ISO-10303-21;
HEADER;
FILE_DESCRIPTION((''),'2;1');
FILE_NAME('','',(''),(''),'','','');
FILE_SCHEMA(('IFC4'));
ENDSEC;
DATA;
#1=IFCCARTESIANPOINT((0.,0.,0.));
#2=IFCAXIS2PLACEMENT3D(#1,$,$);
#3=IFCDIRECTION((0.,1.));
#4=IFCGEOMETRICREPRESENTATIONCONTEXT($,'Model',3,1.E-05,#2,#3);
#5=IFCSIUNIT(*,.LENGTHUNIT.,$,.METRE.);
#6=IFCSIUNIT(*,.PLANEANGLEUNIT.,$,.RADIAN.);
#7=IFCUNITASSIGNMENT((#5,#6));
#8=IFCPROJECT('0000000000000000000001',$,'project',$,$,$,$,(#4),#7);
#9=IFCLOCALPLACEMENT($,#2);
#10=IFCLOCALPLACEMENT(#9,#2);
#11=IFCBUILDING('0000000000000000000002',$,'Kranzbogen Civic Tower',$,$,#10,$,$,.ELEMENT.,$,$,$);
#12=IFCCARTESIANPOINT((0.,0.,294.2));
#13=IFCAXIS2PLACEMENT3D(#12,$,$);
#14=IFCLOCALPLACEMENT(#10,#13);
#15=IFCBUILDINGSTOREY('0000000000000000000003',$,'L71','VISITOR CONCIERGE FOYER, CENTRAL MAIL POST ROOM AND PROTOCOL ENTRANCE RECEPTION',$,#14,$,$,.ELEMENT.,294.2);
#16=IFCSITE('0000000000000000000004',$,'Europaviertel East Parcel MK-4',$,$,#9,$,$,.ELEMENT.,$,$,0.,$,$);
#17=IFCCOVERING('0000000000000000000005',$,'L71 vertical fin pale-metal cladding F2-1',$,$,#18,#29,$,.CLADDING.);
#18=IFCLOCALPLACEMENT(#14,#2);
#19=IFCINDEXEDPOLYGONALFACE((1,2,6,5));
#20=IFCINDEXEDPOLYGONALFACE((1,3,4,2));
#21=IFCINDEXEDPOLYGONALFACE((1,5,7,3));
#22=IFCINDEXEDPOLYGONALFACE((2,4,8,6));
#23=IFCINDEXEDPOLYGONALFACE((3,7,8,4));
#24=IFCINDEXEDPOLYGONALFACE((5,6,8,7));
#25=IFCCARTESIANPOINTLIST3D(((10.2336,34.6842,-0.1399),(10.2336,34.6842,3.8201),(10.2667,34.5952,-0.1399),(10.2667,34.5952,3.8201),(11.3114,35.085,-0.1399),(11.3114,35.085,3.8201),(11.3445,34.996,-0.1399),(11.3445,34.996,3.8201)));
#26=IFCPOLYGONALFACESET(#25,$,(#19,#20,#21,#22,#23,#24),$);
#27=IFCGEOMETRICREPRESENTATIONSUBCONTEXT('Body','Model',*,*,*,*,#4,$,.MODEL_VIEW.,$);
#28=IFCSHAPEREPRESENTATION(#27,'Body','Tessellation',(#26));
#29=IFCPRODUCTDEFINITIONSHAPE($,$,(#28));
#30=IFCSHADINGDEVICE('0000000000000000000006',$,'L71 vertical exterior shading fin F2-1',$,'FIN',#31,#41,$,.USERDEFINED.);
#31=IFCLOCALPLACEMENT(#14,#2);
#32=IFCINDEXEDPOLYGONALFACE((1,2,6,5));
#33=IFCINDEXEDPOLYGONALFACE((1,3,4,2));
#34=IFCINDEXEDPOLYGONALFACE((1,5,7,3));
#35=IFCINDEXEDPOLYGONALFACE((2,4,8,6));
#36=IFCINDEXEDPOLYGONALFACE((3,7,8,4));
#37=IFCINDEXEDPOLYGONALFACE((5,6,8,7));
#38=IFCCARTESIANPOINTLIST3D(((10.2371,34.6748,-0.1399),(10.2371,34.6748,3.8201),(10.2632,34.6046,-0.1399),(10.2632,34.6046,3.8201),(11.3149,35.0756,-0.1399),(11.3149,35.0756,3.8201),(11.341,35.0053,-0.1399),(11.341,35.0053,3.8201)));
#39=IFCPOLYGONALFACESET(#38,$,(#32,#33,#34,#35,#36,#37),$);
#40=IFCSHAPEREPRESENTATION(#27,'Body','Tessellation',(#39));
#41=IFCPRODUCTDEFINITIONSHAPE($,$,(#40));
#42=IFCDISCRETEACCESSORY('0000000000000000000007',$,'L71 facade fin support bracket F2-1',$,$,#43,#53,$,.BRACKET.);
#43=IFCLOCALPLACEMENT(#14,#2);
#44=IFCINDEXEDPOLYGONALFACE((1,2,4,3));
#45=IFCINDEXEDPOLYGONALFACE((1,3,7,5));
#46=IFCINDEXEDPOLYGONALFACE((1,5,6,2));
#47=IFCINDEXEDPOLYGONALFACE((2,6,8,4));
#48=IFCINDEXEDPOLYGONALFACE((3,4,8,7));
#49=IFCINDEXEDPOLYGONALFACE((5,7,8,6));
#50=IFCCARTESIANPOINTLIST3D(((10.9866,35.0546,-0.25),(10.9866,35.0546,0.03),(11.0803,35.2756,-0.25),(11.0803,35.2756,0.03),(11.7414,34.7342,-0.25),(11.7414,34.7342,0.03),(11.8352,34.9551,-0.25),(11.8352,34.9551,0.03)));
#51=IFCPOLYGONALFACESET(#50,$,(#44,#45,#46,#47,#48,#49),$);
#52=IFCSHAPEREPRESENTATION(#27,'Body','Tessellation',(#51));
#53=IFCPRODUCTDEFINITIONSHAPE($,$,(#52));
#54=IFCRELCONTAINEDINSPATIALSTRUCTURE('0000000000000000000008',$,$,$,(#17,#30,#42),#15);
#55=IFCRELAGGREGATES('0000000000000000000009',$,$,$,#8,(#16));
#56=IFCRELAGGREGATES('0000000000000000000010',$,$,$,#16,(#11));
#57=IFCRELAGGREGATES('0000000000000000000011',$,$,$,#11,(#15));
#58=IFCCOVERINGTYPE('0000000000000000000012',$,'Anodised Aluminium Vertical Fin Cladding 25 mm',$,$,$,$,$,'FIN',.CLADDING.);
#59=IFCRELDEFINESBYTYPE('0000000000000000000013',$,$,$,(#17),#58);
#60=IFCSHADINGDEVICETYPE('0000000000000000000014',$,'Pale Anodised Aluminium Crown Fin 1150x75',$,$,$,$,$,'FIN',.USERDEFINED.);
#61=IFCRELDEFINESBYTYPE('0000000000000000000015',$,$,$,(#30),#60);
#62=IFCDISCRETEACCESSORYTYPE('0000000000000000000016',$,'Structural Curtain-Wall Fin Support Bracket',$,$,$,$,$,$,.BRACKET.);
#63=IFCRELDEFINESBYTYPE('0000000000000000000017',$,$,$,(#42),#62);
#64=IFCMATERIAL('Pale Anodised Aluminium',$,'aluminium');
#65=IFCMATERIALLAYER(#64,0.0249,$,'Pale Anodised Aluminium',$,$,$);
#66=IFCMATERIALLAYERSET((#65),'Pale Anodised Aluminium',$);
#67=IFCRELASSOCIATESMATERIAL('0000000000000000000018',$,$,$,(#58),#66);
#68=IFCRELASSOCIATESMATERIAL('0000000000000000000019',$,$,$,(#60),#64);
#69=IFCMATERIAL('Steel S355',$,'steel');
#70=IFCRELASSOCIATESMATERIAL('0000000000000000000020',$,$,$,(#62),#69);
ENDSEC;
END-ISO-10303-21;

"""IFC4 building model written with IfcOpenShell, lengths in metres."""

from ifc_helpers import new_model, si_unit, direction, frame, origin, origin_2d, place, context, subcontext, project, spatial, rectangle, extrude, material, layer, layer_set, type_object, element, save


model = new_model("IFC4")

# Units and contexts
model_context = context("Model", 3, precision=1e-05, world=origin(), true_north=direction((0.0, 1.0)))
body_context = subcontext(model_context, "Body", "Model", "MODEL_VIEW")
ifc_project = project(units=[si_unit("LENGTHUNIT", "METRE"), si_unit("PLANEANGLEUNIT", "RADIAN")], contexts=[model_context])

# Site, building, storey
site_placement = place(None, origin())
site = spatial("IfcSite", under=ifc_project, at=site_placement, Name="Europaviertel East Parcel MK-4", CompositionType="ELEMENT", RefElevation=0.0)
building_placement = place(site_placement, origin())
building = spatial("IfcBuilding", under=site, at=building_placement, Name="Kranzbogen Civic Tower", CompositionType="ELEMENT")
storey_placement = place(building_placement, frame((0.0, 0.0, 294.2)))
storey = spatial("IfcBuildingStorey", under=building, at=storey_placement, Name="L71", Description="VISITOR CONCIERGE FOYER, CENTRAL MAIL POST ROOM AND PROTOCOL ENTRANCE RECEPTION", CompositionType="ELEMENT", Elevation=294.2)

# Shared definitions
ifc_material_1 = material(Name="Steel S355", Category="steel")

# Shared definitions
ifc_material_2 = material(Name="Pale Anodised Aluminium", Category="aluminium")

# Covering
ifc_layer_1 = layer(ifc_material_2, 0.0249, Name="Pale Anodised Aluminium")
ifc_layer_set_1 = layer_set([ifc_layer_1], Name="Pale Anodised Aluminium")
covering_type = type_object("IfcCoveringType", Name="Anodised Aluminium Vertical Fin Cladding 25 mm", ElementType="FIN", PredefinedType="CLADDING", material=ifc_layer_set_1)
covering_placement = place(storey_placement, frame((10.7891, 34.8401, -0.1399), z_axis=(0.0, 0.0, 1.0), x_axis=(-0.9373, -0.348523, 0.0)))
element("IfcCovering", 1, at=covering_placement, inside=storey, type_object=covering_type, Name="L71 vertical fin pale-metal cladding F2-1", PredefinedType="CLADDING", context=body_context, shape_type="SweptSolid", body=[
    extrude(rectangle(XDim=1.1499, YDim=0.095, at=origin_2d()), origin(), (0.0, 0.0, 1.0), 3.96),
])

# Shading device
shading_device_type = type_object("IfcShadingDeviceType", Name="Pale Anodised Aluminium Crown Fin 1150x75", ElementType="FIN", PredefinedType="USERDEFINED", material=ifc_material_2)
shading_device_placement = place(storey_placement, frame((10.7891, 34.8401, -0.1399), z_axis=(0.0, 0.0, 1.0), x_axis=(-0.9373, -0.348523, 0.0)))
element("IfcShadingDevice", 2, at=shading_device_placement, inside=storey, type_object=shading_device_type, Name="L71 vertical exterior shading fin F2-1", ObjectType="FIN", PredefinedType="USERDEFINED", context=body_context, shape_type="SweptSolid", body=[
    extrude(rectangle(XDim=1.1499, YDim=0.075, at=origin_2d()), origin(), (0.0, 0.0, 1.0), 3.96),
])

# Discrete accessory
discrete_accessory_type = type_object("IfcDiscreteAccessoryType", Name="Structural Curtain-Wall Fin Support Bracket", PredefinedType="BRACKET", material=ifc_material_1)
discrete_accessory_placement = place(storey_placement, frame((11.4109, 35.0049, -0.25), z_axis=(0.0, 0.0, 1.0), x_axis=(-0.920505, 0.390731, 0.0)))
element("IfcDiscreteAccessory", 3, at=discrete_accessory_placement, inside=storey, type_object=discrete_accessory_type, Name="L71 facade fin support bracket F2-1", PredefinedType="BRACKET", context=body_context, shape_type="SweptSolid", body=[
    extrude(rectangle(XDim=0.8201, YDim=0.24, at=origin_2d()), origin(), (0.0, 0.0, 1.0), 0.28),
])

save(model, "model.ifc")
